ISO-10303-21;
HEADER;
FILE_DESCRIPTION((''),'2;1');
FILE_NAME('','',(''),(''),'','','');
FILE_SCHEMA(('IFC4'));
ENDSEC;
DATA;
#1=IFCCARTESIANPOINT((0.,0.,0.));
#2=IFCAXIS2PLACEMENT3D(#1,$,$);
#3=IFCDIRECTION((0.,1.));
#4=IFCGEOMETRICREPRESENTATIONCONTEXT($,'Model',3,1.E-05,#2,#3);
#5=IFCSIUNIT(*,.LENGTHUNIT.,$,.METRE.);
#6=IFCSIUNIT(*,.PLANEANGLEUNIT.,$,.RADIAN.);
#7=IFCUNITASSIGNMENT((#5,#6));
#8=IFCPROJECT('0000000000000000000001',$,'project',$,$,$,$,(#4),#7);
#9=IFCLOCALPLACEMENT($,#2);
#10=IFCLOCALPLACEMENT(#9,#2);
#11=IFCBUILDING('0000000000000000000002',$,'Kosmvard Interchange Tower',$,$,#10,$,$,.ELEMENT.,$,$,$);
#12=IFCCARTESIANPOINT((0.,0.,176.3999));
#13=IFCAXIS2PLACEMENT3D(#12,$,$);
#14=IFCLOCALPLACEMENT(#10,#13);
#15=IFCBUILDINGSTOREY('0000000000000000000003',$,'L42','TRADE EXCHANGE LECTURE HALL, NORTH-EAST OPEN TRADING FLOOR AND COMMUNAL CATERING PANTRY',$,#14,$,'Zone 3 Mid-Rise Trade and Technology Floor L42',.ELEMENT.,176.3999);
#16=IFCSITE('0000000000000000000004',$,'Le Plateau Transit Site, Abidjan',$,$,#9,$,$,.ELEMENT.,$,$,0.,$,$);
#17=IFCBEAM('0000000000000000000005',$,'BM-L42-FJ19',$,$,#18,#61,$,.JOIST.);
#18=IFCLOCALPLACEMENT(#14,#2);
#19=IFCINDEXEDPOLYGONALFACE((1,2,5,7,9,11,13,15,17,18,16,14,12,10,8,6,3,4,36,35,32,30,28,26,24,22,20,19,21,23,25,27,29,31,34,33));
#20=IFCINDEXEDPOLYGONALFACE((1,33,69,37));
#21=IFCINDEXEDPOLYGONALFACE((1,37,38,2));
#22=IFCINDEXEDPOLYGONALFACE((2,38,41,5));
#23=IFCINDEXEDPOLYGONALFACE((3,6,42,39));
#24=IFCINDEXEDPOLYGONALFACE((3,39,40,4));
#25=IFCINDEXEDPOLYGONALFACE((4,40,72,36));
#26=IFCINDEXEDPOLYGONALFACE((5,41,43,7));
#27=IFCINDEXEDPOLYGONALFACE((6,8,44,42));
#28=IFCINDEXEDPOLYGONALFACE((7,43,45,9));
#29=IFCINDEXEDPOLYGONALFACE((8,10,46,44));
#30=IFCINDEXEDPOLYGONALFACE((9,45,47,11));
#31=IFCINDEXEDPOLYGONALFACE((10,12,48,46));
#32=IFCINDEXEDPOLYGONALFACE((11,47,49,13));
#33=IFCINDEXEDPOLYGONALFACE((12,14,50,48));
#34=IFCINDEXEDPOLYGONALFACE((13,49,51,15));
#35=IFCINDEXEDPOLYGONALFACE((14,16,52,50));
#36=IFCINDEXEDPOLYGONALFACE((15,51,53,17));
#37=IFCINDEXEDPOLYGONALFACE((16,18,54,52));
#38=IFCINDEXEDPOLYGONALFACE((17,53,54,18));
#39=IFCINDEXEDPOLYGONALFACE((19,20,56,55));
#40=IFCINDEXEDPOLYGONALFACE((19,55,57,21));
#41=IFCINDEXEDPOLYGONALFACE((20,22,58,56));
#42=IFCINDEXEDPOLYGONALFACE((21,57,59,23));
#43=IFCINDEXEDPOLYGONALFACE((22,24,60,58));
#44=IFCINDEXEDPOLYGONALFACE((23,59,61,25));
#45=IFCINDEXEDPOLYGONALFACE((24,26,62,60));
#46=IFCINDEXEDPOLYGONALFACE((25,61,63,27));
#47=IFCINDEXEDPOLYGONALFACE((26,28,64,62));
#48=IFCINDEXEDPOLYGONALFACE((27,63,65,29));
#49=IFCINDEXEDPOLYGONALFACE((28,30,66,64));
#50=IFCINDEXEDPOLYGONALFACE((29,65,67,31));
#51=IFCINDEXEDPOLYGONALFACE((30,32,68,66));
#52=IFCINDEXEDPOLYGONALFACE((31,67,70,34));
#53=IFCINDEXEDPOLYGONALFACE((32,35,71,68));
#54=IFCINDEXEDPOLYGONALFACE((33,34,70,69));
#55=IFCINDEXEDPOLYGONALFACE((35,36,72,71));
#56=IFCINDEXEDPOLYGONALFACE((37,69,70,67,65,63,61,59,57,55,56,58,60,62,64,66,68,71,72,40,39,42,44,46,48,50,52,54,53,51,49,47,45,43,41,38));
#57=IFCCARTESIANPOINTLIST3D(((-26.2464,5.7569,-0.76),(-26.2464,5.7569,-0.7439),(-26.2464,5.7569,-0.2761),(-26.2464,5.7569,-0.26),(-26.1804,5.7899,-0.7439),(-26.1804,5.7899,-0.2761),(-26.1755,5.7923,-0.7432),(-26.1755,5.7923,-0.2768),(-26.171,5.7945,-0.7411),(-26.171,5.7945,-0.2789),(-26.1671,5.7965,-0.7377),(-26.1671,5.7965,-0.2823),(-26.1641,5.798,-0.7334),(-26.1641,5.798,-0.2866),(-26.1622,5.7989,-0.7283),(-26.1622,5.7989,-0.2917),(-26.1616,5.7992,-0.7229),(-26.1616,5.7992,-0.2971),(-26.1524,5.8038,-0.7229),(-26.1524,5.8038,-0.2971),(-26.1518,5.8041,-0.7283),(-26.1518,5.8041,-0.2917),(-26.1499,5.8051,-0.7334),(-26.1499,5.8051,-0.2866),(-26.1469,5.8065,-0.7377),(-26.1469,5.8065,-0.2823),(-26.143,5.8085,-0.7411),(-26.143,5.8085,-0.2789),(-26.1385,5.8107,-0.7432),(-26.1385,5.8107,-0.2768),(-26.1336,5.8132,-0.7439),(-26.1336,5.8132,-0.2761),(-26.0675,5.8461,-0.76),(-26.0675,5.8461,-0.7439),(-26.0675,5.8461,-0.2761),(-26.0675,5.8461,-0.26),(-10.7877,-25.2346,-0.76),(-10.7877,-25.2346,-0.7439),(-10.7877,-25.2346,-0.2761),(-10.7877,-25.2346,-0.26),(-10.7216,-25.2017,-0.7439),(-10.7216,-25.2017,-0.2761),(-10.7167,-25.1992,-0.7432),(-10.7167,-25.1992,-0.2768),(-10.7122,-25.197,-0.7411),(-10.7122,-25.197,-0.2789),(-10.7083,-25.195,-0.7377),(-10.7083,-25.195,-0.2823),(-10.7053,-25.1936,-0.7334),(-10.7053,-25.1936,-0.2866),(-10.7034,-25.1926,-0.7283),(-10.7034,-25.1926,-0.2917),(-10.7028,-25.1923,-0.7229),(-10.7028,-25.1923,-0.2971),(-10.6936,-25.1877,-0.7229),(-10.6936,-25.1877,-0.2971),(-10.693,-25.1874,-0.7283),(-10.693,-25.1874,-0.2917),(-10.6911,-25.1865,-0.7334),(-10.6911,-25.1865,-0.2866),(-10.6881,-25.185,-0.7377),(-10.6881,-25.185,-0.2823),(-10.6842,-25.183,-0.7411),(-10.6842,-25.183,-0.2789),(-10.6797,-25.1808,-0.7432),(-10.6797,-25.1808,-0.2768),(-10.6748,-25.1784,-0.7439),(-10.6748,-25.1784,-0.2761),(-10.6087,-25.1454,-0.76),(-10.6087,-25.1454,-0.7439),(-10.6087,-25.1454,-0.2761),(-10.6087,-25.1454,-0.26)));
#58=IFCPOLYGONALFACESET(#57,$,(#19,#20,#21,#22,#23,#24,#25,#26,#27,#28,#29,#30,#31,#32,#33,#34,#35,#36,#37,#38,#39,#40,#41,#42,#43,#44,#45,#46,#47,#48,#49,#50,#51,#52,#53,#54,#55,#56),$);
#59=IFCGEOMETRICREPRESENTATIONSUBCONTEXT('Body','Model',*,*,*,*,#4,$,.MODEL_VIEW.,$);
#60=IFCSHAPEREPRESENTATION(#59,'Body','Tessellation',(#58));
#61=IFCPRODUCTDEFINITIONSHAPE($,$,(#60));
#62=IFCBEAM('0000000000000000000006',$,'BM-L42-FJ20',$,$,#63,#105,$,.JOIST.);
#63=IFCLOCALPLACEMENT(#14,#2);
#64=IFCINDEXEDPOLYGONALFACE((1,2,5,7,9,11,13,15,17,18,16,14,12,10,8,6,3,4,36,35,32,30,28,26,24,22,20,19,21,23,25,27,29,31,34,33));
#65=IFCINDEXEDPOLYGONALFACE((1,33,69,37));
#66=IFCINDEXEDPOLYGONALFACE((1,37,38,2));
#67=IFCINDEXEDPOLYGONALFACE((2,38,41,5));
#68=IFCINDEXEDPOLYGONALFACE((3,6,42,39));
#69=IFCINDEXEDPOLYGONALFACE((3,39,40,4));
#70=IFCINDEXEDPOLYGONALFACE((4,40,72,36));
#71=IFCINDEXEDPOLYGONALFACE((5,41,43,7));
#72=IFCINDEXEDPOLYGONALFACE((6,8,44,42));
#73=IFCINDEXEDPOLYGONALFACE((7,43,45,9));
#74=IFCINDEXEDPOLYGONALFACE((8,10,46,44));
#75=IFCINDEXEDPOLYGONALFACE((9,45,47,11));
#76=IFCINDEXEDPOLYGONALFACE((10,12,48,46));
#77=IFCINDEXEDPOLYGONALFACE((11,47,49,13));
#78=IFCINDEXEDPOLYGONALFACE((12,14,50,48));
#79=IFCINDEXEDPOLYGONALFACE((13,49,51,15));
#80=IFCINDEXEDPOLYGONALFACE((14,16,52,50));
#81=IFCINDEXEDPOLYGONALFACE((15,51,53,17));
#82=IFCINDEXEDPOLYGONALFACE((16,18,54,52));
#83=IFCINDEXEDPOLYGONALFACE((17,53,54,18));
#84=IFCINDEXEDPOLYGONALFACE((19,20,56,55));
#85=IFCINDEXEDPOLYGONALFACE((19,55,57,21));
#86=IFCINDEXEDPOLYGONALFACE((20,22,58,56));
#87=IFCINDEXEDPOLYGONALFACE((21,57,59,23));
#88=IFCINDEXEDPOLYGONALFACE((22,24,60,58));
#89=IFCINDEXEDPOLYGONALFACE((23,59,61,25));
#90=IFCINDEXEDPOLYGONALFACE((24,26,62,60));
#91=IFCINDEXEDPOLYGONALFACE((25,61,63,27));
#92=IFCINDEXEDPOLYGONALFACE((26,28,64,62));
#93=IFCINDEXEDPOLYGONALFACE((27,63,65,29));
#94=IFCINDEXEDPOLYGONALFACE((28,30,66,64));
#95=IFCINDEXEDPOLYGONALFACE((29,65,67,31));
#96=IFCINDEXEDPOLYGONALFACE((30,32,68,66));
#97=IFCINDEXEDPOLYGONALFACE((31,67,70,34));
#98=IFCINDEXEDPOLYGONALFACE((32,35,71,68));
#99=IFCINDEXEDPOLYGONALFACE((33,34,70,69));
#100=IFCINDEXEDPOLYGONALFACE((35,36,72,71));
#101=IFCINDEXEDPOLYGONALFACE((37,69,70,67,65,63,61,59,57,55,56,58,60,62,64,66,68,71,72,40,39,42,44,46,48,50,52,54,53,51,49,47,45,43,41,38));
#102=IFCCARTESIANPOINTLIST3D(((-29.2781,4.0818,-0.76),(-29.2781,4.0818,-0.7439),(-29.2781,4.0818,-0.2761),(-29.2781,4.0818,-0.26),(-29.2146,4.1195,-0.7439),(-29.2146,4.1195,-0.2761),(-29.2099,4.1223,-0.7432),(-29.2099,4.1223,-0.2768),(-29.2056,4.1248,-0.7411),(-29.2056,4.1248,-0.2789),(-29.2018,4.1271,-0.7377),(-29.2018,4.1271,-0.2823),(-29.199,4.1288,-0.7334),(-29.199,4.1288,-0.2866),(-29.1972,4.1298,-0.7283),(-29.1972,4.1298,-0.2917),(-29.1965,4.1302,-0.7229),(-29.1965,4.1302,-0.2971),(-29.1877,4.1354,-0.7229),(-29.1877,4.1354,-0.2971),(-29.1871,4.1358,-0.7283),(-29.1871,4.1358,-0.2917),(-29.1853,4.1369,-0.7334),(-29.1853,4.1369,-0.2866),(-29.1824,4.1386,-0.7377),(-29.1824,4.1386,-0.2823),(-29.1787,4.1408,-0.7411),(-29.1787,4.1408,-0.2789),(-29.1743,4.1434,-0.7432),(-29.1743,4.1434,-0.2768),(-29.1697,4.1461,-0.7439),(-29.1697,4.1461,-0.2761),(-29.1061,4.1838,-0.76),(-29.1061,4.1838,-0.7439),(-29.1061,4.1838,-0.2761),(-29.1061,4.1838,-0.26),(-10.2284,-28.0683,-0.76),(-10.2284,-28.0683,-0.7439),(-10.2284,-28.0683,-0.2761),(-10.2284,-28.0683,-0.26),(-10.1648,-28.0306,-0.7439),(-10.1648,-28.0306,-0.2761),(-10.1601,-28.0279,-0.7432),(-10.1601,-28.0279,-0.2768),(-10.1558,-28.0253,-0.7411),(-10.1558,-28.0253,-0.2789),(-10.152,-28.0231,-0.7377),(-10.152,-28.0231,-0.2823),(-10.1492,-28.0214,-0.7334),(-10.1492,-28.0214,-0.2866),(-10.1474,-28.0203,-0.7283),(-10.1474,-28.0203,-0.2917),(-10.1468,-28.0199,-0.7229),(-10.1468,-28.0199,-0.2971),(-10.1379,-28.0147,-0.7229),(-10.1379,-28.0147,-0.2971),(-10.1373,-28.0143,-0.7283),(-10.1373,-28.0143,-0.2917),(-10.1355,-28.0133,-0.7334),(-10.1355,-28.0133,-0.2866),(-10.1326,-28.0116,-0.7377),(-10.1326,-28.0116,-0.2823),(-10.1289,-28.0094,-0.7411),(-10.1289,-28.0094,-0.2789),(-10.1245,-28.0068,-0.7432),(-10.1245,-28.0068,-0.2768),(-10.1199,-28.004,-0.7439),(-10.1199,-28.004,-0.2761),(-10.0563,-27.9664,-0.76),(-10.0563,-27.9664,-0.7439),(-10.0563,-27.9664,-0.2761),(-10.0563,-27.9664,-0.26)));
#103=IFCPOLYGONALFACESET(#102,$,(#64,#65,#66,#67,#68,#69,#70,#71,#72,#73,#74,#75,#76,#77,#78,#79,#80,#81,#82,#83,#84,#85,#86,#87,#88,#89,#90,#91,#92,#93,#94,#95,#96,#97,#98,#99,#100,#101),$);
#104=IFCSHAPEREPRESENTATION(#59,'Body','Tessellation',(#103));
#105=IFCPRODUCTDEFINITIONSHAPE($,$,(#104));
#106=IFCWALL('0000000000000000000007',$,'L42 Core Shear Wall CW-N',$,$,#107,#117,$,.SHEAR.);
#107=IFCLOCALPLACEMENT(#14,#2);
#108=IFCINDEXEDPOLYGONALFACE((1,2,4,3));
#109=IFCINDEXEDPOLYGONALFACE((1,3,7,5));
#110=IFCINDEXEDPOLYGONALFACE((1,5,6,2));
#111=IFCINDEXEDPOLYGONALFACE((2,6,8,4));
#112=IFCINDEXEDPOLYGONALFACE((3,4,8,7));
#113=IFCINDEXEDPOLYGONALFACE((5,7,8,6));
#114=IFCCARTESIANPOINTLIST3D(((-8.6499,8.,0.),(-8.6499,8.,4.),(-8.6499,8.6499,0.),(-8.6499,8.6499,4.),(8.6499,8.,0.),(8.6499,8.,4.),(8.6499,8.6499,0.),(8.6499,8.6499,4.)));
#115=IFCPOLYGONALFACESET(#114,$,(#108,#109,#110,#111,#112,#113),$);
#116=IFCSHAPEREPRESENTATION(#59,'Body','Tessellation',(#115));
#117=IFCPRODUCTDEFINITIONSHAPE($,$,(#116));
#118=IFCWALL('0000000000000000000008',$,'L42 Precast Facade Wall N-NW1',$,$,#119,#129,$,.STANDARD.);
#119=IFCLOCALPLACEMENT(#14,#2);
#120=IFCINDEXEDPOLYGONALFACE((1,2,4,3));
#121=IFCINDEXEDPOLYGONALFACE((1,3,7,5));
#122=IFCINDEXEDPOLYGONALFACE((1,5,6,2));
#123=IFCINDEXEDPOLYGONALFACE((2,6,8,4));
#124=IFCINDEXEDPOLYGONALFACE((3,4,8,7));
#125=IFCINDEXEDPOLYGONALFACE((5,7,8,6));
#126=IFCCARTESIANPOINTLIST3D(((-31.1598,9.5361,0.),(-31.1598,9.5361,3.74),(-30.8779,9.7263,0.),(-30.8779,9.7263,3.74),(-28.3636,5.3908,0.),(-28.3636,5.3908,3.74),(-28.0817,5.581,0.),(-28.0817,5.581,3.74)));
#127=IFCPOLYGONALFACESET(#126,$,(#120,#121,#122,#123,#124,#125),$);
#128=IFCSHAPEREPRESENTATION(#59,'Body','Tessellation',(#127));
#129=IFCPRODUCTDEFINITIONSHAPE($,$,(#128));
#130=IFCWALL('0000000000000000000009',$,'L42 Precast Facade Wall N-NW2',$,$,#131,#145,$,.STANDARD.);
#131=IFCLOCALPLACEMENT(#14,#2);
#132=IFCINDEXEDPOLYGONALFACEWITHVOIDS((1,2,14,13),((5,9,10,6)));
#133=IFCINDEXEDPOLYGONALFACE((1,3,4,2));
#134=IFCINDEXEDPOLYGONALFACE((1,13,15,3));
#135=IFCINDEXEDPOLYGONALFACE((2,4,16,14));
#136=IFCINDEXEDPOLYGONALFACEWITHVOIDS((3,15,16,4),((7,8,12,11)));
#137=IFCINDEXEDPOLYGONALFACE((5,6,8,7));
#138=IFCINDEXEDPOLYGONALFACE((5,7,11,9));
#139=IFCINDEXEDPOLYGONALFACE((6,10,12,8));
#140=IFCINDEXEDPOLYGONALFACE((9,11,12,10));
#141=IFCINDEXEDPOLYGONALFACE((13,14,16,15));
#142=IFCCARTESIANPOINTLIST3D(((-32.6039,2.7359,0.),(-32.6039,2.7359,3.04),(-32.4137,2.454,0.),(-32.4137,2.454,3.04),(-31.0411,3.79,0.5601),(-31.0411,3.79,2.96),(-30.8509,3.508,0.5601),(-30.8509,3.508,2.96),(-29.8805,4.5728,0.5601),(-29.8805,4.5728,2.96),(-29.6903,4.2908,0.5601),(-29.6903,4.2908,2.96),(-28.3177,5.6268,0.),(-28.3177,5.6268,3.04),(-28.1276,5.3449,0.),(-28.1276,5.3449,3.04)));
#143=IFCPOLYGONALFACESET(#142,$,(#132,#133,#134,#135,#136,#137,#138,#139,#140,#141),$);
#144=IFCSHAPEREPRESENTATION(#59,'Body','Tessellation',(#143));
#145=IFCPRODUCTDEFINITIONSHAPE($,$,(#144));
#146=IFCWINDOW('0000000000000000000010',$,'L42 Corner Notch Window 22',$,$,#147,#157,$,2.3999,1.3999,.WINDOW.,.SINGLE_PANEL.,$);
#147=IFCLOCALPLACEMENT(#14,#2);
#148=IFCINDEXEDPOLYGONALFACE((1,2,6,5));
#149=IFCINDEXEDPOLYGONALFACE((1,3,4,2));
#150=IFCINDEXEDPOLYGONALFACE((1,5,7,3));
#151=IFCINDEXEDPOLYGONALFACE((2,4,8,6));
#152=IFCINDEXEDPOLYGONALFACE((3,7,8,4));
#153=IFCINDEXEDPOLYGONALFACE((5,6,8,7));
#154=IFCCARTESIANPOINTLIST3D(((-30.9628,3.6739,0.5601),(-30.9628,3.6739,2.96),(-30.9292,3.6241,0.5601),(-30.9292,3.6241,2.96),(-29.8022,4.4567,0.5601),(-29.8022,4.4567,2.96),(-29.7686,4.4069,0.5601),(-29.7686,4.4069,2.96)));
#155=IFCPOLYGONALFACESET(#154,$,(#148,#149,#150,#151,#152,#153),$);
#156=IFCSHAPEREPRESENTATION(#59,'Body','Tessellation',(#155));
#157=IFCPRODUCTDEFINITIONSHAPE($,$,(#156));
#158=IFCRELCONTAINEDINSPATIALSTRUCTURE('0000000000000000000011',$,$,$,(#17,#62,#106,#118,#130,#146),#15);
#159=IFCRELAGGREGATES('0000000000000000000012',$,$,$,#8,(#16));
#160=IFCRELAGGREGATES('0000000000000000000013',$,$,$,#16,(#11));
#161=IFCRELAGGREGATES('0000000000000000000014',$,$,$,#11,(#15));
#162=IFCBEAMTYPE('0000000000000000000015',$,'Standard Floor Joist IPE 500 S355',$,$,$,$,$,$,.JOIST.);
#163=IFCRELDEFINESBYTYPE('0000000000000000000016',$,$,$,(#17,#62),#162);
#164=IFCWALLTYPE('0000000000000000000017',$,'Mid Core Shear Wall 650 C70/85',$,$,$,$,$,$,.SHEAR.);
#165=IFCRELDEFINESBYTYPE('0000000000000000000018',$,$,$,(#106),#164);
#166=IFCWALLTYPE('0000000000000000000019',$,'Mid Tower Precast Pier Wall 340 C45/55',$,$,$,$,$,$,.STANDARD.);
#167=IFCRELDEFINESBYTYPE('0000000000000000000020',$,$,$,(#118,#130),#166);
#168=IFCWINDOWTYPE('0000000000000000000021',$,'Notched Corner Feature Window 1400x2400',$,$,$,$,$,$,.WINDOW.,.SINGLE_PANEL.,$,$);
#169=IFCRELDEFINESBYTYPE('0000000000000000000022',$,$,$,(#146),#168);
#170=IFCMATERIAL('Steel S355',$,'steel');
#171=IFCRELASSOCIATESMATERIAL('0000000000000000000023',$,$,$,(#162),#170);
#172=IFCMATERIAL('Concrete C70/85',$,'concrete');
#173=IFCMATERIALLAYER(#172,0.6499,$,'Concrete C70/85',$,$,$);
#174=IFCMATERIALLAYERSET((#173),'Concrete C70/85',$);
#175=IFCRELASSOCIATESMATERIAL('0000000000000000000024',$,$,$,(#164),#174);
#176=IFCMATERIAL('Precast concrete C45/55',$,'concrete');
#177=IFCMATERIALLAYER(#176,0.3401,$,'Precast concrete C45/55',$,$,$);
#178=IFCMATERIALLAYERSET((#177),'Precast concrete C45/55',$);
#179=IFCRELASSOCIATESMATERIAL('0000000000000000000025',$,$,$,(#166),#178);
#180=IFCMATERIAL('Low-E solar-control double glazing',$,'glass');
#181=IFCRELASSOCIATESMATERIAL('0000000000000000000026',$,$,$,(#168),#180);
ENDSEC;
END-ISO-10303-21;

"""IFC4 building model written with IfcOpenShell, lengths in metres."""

from ifc_helpers import new_model, si_unit, direction, frame, frame_2d, origin, origin_2d, place, context, subcontext, project, spatial, rectangle, i_section, extrude, source, transform, mapped, material, layer, layer_set, material_profile, profile_set, type_object, element, fill, save


model = new_model("IFC4")

# Units and contexts
model_context = context("Model", 3, precision=1e-05, world=origin(), true_north=direction((0.0, 1.0)))
body_context = subcontext(model_context, "Body", "Model", "MODEL_VIEW")
ifc_project = project(units=[si_unit("LENGTHUNIT", "METRE"), si_unit("PLANEANGLEUNIT", "RADIAN")], contexts=[model_context])

# Site, building, storey
site_placement = place(None, origin())
site = spatial("IfcSite", under=ifc_project, at=site_placement, Name="Le Plateau Transit Site, Abidjan", CompositionType="ELEMENT", RefElevation=0.0)
building_placement = place(site_placement, origin())
building = spatial("IfcBuilding", under=site, at=building_placement, Name="Kosmvard Interchange Tower", CompositionType="ELEMENT")
storey_placement = place(building_placement, frame((0.0, 0.0, 176.3999)))
storey = spatial("IfcBuildingStorey", under=building, at=storey_placement, Name="L42", Description="TRADE EXCHANGE LECTURE HALL, NORTH-EAST OPEN TRADING FLOOR AND COMMUNAL CATERING PANTRY", LongName="Zone 3 Mid-Rise Trade and Technology Floor L42", CompositionType="ELEMENT", Elevation=176.3999)

# Beams
ifc_material_1 = material(Name="Steel S355", Category="steel")
ifc_material_2 = material(Name="Precast concrete C45/55", Category="concrete")
ifc_material_profile_1 = material_profile(ifc_material_1, i_section(OverallWidth=0.2, OverallDepth=0.5, WebThickness=0.0103, FlangeThickness=0.0161, FilletRadius=0.021, at=origin_2d()), Name="IPE 500")
ifc_profile_set_1 = profile_set([ifc_material_profile_1], Name="Steel S355")
beam_type_1 = type_object("IfcBeamType", Name="Standard Floor Joist IPE 500 S355", PredefinedType="JOIST", material=ifc_profile_set_1)
shared_shape_1 = source(origin(), body_context, "Body", "SweptSolid", [
    extrude(i_section(OverallWidth=0.2, OverallDepth=0.5, WebThickness=0.0103, FlangeThickness=0.0161, FilletRadius=0.021, at=origin_2d()), origin(), (0.0, 0.0, 1.0), 34.6331),
])
beam_1_placement = place(storey_placement, frame((-26.157, 5.8015, -0.51), z_axis=(0.446359, -0.894854, 0.0), x_axis=(0.894854, 0.446359, 0.0)))
element("IfcBeam", 1, at=beam_1_placement, inside=storey, type_object=beam_type_1, Name="BM-L42-FJ19", PredefinedType="JOIST", context=body_context, shape_type="MappedRepresentation", body=[
    mapped(shared_shape_1, transform((0.0, 0.0, 0.0), scale=1.0)),
])
shared_shape_2 = source(origin(), body_context, "Body", "SweptSolid", [
    extrude(i_section(OverallWidth=0.2, OverallDepth=0.5, WebThickness=0.0103, FlangeThickness=0.0161, FilletRadius=0.021, at=origin_2d()), origin(), (0.0, 0.0, 1.0), 37.3701),
])
beam_2_placement = place(storey_placement, frame((-29.1921, 4.1328, -0.51), z_axis=(0.50976, -0.860317, 0.0), x_axis=(0.860317, 0.50976, 0.0)))
element("IfcBeam", 2, at=beam_2_placement, inside=storey, type_object=beam_type_1, Name="BM-L42-FJ20", PredefinedType="JOIST", context=body_context, shape_type="MappedRepresentation", body=[
    mapped(shared_shape_2, transform((0.0, 0.0, 0.0), scale=1.0)),
])

# Walls
ifc_material_3 = material(Name="Concrete C70/85", Category="concrete")
ifc_layer_1 = layer(ifc_material_3, 0.6499, Name="Concrete C70/85")
ifc_layer_set_1 = layer_set([ifc_layer_1], Name="Concrete C70/85")
wall_type_1 = type_object("IfcWallType", Name="Mid Core Shear Wall 650 C70/85", PredefinedType="SHEAR", material=ifc_layer_set_1)
wall_1_placement = place(storey_placement, frame((-8.6499, 8.325, 0.0), z_axis=(0.0, 0.0, 1.0), x_axis=(1.0, 0.0, 0.0)))
element("IfcWall", 3, at=wall_1_placement, inside=storey, type_object=wall_type_1, Name="L42 Core Shear Wall CW-N", PredefinedType="SHEAR", context=body_context, shape_type="SweptSolid", body=[
    extrude(rectangle(XDim=17.2998, YDim=0.6499, at=frame_2d((8.6499, 0.0))), origin(), (0.0, 0.0, 1.0), 4.0),
])
ifc_layer_2 = layer(ifc_material_2, 0.3401, Name="Precast concrete C45/55")
ifc_layer_set_2 = layer_set([ifc_layer_2], Name="Precast concrete C45/55")
wall_type_2 = type_object("IfcWallType", Name="Mid Tower Precast Pier Wall 340 C45/55", PredefinedType="STANDARD", material=ifc_layer_set_2)
wall_2_placement = place(storey_placement, frame((-31.0188, 9.6311, 0.0), z_axis=(0.0, 0.0, 1.0), x_axis=(0.55921, -0.829026, 0.0)))
element("IfcWall", 4, at=wall_2_placement, inside=storey, type_object=wall_type_2, Name="L42 Precast Facade Wall N-NW1", PredefinedType="STANDARD", context=body_context, shape_type="SweptSolid", body=[
    extrude(rectangle(XDim=5.0002, YDim=0.3401, at=frame_2d((2.5, 0.0))), origin(), (0.0, 0.0, 1.0), 3.74),
])

# Wall, opening, window
wall_3_placement = place(storey_placement, frame((-28.2227, 5.4858, 0.0), z_axis=(0.0, 0.0, 1.0), x_axis=(-0.829052, -0.559171, 0.0)))
wall_3 = element("IfcWall", 5, at=wall_3_placement, inside=storey, type_object=wall_type_2, Name="L42 Precast Facade Wall N-NW2", PredefinedType="STANDARD", context=body_context, shape_type="SweptSolid", body=[
    extrude(rectangle(XDim=5.1699, YDim=0.3401, at=frame_2d((2.585, 0.0))), origin(), (0.0, 0.0, 1.0), 3.04),
])
opening_1_placement = place(wall_3_placement, frame((1.885, 0.0, 0.5601)))
opening_1 = element("IfcOpeningElement", 6, at=opening_1_placement, cuts=wall_3, PredefinedType="OPENING", context=body_context, shape_type="SweptSolid", body=[
    extrude(rectangle(XDim=1.3999, YDim=2.3999, at=frame_2d((0.7, 1.2))), frame((0.0, 0.1802, 0.0), z_axis=(0.0, -1.0, 0.0), x_axis=(1.0, 0.0, 0.0)), (0.0, 0.0, 1.0), 0.3601),
])
ifc_material_4 = material(Name="Low-E solar-control double glazing", Category="glass")
window_type_1 = type_object("IfcWindowType", Name="Notched Corner Feature Window 1400x2400", PartitioningType="SINGLE_PANEL", PredefinedType="WINDOW", material=ifc_material_4)
shared_shape_3 = source(origin(), body_context, "Body", "SweptSolid", [
    extrude(rectangle(XDim=1.3999, YDim=2.3999, at=frame_2d((0.7, 1.2))), frame((0.0, 0.03, 0.0), z_axis=(0.0, -1.0, 0.0), x_axis=(1.0, 0.0, 0.0)), (0.0, 0.0, 1.0), 0.0601),
])
window_1_placement = place(opening_1_placement, origin())
window_1 = element("IfcWindow", 7, at=window_1_placement, inside=storey, type_object=window_type_1, Name="L42 Corner Notch Window 22", OverallHeight=2.3999, OverallWidth=1.3999, PartitioningType="SINGLE_PANEL", PredefinedType="WINDOW", context=body_context, shape_type="MappedRepresentation", body=[
    mapped(shared_shape_3, transform((0.0, 0.0, 0.0), scale=1.0)),
])
fill(opening_1, window_1)

save(model, "model.ifc")
